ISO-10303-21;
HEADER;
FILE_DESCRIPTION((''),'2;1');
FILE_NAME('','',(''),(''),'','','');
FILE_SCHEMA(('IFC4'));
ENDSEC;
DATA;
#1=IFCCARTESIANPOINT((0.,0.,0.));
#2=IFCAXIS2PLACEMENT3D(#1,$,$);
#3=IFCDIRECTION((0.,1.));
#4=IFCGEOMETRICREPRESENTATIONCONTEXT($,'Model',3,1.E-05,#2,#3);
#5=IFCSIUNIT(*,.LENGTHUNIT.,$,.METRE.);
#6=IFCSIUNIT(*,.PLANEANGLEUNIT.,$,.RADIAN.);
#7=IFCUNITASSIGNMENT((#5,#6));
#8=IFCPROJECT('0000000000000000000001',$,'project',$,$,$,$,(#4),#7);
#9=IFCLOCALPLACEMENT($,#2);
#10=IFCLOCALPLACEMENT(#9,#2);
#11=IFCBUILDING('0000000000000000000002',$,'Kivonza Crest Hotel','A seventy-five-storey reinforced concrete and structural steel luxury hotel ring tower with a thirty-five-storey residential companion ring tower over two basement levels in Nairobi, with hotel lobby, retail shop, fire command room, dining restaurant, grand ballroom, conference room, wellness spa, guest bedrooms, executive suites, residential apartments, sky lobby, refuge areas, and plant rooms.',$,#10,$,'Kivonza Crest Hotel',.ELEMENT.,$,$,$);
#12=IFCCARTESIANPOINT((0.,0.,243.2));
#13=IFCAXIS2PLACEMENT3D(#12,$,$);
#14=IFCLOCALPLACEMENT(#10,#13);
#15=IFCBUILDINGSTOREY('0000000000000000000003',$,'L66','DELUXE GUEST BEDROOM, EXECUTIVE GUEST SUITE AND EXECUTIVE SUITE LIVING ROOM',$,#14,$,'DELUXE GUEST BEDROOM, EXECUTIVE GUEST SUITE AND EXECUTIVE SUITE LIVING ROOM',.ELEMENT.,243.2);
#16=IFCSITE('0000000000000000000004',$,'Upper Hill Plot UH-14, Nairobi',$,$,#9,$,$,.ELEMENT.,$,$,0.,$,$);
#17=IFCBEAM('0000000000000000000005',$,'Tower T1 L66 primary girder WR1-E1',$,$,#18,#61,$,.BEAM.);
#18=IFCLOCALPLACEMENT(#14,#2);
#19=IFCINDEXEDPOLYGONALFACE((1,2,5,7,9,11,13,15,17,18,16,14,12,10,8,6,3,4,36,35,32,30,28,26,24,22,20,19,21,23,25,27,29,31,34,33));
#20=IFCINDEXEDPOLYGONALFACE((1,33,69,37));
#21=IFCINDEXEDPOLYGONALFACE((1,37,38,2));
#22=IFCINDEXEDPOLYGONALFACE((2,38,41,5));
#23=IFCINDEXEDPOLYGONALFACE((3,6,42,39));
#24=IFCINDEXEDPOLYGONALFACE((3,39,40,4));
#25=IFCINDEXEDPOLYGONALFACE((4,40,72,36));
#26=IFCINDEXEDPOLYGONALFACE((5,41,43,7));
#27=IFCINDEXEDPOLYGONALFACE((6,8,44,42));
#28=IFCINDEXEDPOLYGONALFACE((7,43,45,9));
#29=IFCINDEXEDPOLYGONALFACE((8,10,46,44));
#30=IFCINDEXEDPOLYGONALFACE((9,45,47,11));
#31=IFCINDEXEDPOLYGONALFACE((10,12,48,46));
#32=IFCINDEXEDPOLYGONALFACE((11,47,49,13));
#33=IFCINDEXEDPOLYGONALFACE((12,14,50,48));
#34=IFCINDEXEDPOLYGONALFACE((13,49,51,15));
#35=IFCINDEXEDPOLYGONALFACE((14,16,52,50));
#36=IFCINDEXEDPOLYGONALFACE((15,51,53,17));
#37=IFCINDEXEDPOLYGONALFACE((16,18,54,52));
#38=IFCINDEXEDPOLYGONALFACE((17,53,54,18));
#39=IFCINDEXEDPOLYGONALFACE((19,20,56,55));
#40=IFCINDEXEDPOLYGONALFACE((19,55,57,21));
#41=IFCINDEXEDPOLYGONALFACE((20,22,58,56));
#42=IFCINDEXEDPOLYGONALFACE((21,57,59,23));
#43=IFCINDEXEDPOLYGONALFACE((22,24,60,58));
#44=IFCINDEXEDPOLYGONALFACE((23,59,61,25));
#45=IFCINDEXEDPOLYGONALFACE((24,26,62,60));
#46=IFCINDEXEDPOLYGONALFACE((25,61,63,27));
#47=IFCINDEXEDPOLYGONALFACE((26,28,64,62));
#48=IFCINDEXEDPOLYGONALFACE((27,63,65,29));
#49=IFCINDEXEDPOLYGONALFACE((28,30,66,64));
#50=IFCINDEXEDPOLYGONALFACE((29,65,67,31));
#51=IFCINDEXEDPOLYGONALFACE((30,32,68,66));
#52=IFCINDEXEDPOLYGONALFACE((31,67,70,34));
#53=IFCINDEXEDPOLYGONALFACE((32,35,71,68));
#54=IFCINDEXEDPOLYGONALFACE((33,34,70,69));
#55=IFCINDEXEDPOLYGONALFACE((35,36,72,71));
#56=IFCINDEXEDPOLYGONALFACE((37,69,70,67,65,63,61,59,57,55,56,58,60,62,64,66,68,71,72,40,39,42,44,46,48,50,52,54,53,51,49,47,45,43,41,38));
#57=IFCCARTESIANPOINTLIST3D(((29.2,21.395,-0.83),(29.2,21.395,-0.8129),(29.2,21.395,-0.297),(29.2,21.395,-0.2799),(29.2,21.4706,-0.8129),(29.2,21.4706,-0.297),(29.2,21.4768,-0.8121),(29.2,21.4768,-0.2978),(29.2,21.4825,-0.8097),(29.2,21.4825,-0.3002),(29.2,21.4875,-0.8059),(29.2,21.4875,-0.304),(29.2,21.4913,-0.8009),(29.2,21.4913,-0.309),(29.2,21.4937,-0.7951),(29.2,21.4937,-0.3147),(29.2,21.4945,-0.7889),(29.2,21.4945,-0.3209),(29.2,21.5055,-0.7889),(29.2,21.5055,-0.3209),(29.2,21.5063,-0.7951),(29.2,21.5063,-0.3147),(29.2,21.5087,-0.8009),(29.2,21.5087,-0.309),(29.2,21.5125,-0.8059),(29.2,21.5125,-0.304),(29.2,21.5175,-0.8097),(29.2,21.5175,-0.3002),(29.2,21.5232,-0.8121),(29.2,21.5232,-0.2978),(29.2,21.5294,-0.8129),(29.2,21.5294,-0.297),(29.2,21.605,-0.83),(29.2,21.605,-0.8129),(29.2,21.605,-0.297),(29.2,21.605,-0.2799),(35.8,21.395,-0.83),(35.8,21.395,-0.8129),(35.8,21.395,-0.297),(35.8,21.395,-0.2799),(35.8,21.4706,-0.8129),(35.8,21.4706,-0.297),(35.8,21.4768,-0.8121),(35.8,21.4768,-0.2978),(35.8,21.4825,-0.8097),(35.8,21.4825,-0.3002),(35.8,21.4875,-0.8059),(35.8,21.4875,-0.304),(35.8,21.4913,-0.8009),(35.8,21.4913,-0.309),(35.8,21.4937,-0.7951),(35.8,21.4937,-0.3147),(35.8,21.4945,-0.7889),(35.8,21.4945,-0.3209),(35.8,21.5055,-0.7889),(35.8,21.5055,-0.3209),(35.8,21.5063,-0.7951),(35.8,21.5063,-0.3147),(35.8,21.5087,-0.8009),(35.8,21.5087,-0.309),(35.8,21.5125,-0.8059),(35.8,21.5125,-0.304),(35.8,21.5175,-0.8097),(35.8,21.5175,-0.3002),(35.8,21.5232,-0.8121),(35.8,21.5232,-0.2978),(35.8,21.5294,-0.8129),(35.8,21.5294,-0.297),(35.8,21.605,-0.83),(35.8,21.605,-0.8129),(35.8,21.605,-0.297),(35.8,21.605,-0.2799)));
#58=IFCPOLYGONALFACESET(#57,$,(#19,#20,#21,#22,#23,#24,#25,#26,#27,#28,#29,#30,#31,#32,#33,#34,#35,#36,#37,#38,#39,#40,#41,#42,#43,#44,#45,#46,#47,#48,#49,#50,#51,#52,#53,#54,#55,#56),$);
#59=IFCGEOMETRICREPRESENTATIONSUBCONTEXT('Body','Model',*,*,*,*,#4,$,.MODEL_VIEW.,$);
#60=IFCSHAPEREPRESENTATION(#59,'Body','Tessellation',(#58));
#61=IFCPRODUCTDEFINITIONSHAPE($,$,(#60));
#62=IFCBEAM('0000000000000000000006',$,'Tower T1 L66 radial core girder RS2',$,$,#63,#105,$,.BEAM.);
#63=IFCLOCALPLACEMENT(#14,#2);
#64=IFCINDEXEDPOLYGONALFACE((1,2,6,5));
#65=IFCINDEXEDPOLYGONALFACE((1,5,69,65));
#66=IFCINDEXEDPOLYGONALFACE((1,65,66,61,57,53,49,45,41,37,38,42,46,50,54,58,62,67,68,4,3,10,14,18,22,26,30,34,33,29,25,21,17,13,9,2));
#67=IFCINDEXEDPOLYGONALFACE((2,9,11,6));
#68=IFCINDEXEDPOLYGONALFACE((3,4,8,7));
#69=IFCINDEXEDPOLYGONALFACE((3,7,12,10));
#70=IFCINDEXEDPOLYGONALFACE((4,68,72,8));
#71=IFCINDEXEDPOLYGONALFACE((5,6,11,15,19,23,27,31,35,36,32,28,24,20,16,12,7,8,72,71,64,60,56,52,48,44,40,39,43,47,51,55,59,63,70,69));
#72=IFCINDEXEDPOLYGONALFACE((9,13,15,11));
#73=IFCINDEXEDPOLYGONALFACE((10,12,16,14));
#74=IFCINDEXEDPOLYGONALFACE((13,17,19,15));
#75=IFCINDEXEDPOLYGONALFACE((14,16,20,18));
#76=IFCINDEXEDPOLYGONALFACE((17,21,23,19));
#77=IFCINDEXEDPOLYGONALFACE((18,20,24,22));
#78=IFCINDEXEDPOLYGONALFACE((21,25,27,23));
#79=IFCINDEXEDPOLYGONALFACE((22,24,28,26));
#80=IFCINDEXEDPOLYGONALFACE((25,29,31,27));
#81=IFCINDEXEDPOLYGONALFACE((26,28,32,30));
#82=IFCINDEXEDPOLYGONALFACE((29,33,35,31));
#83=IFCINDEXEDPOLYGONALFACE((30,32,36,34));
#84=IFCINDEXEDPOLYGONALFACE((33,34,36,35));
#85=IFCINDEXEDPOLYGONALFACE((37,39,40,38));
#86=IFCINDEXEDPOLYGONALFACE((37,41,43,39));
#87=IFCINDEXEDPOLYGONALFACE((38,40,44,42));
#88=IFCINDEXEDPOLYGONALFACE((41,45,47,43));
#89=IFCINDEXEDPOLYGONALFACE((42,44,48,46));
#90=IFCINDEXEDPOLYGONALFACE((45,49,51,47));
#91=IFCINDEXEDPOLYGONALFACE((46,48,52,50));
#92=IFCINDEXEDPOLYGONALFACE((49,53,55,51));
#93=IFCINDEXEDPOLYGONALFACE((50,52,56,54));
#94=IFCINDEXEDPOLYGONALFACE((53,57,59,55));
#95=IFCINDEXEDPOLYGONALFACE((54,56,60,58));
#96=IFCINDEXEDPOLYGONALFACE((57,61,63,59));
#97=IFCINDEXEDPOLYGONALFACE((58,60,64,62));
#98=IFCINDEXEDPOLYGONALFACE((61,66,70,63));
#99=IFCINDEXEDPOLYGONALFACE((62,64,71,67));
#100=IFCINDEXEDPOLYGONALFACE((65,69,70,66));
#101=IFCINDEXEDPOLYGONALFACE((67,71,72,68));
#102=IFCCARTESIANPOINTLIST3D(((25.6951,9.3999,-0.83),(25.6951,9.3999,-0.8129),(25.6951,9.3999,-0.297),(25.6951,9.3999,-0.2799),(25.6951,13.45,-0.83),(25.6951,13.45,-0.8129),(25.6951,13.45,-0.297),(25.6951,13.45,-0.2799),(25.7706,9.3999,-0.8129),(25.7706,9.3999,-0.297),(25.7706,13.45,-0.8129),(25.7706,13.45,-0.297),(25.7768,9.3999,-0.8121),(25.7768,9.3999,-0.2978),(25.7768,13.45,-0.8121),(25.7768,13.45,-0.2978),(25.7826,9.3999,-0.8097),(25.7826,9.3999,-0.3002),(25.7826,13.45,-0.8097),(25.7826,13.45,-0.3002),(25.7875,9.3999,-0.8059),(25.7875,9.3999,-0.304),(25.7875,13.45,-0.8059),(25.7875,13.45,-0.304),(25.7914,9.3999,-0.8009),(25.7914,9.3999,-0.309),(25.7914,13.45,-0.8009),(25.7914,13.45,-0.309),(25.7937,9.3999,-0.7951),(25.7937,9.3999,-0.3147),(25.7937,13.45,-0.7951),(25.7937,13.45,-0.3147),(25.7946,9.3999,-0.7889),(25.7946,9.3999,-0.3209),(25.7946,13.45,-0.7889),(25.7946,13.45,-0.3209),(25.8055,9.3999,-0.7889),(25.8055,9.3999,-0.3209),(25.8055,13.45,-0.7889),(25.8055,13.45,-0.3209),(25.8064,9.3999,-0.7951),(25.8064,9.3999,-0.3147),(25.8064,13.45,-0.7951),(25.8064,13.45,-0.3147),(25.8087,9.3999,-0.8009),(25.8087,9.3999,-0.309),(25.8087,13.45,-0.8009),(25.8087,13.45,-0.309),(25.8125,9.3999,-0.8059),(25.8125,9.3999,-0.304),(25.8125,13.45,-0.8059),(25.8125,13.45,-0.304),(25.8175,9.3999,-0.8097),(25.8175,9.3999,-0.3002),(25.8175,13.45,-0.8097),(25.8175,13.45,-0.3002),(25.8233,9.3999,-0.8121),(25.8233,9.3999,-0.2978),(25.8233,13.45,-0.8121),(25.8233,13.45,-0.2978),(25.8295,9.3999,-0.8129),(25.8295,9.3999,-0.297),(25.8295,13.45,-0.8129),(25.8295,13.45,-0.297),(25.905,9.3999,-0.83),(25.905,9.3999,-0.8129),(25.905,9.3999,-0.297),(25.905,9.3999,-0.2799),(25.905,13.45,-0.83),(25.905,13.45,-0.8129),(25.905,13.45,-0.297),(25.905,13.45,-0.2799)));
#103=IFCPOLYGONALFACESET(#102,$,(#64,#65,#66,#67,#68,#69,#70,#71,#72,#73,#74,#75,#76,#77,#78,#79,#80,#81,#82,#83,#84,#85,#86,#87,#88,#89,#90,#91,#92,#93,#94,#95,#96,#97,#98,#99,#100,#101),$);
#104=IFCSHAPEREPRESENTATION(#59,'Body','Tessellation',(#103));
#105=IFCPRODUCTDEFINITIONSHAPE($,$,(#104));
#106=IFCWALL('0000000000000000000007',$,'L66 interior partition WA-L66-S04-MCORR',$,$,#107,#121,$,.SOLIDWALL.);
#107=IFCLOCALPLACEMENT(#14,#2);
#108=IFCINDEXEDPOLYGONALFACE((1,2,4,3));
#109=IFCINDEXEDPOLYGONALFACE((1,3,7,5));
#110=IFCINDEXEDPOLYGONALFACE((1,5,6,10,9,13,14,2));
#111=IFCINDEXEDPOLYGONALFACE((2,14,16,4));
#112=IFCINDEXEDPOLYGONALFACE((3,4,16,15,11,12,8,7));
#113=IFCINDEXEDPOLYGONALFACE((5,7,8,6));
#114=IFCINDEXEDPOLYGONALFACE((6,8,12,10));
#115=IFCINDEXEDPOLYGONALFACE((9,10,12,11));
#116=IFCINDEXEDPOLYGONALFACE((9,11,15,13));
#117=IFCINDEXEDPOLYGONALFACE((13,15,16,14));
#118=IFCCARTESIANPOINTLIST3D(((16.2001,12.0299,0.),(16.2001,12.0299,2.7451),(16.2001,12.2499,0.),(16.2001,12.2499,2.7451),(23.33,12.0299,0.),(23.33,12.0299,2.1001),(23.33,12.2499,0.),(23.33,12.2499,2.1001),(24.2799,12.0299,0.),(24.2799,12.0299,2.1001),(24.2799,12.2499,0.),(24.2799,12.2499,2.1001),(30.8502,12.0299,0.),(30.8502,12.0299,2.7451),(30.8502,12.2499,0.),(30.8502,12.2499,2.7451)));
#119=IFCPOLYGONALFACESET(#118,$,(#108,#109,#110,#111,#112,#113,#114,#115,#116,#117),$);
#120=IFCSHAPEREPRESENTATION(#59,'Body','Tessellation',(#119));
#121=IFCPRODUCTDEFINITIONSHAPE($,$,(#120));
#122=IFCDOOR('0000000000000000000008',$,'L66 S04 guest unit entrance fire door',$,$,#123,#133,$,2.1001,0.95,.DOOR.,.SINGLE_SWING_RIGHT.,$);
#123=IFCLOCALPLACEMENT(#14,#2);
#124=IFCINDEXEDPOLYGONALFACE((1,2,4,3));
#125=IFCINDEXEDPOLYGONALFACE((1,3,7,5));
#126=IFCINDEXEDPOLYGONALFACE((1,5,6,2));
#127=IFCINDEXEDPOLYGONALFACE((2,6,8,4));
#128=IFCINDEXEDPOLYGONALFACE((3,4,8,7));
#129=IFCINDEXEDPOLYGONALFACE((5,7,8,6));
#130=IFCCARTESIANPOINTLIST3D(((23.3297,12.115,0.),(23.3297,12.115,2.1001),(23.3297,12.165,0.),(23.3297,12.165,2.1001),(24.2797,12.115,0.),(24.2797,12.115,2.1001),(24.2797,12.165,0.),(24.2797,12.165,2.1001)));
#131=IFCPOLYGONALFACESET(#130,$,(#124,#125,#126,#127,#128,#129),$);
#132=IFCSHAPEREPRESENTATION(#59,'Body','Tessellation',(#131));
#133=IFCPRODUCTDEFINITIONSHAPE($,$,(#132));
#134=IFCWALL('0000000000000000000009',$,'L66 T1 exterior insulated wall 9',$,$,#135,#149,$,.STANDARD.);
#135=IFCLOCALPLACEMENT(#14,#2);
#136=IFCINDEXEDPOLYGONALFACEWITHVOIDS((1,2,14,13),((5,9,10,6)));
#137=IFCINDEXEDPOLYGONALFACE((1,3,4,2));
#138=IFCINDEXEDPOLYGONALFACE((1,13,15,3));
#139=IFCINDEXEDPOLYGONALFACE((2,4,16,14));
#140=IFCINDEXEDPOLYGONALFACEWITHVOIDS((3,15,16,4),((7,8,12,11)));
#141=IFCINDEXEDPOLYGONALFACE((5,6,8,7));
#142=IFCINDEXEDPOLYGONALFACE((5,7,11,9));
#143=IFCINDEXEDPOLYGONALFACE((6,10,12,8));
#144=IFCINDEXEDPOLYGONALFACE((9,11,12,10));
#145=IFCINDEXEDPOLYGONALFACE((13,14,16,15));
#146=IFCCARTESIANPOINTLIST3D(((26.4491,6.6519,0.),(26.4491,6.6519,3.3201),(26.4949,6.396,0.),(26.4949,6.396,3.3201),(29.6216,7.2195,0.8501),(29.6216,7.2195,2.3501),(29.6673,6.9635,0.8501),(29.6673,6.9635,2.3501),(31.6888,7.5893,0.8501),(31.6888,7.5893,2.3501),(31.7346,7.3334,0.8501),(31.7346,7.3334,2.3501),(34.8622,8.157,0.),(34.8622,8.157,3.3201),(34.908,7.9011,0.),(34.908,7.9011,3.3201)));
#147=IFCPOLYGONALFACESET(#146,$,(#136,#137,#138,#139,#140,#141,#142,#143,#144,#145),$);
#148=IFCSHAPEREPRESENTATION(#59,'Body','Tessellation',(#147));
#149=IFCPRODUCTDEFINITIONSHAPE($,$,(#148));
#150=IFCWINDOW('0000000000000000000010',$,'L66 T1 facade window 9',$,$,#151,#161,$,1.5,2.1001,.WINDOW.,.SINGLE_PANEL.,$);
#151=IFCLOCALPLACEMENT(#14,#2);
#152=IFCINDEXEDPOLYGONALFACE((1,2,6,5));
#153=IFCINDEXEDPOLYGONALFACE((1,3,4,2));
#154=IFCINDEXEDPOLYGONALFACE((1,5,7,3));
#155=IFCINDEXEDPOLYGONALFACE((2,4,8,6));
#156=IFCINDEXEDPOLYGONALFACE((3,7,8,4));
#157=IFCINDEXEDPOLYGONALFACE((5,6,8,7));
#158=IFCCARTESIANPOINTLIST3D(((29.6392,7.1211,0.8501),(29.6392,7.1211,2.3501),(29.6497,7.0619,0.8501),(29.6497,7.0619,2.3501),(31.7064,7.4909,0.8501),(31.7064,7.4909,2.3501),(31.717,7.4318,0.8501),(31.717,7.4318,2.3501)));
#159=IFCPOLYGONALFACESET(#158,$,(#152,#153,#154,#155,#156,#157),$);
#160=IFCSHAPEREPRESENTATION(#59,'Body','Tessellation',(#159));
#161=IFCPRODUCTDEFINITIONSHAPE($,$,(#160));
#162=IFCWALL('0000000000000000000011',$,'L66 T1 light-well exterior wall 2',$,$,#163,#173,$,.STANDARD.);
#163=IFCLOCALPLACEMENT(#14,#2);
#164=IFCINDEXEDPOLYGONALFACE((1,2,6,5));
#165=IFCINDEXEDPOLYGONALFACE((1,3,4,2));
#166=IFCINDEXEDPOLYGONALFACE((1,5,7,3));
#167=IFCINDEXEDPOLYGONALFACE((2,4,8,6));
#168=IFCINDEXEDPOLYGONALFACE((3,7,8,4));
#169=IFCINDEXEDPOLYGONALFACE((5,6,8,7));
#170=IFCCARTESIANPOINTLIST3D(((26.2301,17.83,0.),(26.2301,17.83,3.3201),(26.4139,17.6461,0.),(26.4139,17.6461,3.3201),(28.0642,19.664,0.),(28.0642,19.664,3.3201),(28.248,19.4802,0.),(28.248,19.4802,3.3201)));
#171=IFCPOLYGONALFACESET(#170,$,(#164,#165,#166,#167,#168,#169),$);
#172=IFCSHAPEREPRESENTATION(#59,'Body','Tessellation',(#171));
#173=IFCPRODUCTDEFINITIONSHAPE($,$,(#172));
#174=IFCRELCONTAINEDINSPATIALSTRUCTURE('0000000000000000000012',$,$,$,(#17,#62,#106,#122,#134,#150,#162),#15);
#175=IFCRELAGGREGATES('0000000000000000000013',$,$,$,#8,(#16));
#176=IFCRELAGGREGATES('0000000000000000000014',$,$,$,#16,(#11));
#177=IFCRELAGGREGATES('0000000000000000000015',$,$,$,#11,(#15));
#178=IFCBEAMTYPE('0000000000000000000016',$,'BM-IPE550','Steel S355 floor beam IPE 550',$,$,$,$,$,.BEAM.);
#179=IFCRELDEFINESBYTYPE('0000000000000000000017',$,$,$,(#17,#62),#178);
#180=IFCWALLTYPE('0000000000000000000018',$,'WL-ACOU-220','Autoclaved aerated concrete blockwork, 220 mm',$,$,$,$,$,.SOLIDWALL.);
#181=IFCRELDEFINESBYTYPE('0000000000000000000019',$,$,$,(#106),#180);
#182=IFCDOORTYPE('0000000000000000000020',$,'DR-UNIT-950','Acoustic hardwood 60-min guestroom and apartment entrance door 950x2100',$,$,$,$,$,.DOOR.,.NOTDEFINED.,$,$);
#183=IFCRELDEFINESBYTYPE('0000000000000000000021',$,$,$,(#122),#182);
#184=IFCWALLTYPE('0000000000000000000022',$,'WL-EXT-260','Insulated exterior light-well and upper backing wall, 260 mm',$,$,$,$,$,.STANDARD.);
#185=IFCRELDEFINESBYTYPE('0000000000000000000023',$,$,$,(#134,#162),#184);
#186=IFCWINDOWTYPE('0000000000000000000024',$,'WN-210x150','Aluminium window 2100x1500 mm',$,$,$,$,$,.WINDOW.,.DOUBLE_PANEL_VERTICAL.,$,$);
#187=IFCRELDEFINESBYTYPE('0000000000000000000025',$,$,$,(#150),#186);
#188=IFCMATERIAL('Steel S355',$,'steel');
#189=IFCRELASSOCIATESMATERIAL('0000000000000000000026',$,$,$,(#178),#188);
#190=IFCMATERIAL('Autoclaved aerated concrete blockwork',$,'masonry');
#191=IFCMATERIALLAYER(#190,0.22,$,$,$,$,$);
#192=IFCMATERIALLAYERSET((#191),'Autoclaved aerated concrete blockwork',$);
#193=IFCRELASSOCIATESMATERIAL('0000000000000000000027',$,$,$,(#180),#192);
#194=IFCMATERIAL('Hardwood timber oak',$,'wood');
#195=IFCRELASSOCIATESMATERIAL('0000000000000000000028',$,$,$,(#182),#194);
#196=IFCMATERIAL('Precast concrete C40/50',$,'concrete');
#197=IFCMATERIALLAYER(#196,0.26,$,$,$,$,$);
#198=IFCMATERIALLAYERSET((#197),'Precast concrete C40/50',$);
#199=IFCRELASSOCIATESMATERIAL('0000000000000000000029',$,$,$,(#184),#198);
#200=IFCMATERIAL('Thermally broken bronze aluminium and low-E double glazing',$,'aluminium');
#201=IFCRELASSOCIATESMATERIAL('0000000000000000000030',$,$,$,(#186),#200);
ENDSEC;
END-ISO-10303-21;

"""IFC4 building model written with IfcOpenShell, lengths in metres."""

from ifc_helpers import new_model, si_unit, direction, frame, frame_2d, origin, origin_2d, place, context, subcontext, project, spatial, rectangle, i_section, extrude, material, layer, layer_set, material_profile, profile_set, type_object, element, fill, save


model = new_model("IFC4")

# Units and contexts
model_context = context("Model", 3, precision=1e-05, world=origin(), true_north=direction((0.0, 1.0)))
body_context = subcontext(model_context, "Body", "Model", "MODEL_VIEW")
ifc_project = project(units=[si_unit("LENGTHUNIT", "METRE"), si_unit("PLANEANGLEUNIT", "RADIAN")], contexts=[model_context])

# Site, building, storey
site_placement = place(None, origin())
site = spatial("IfcSite", under=ifc_project, at=site_placement, Name="Upper Hill Plot UH-14, Nairobi", CompositionType="ELEMENT", RefElevation=0.0)
building_placement = place(site_placement, origin())
building = spatial("IfcBuilding", under=site, at=building_placement, Name="Kivonza Crest Hotel", Description="A seventy-five-storey reinforced concrete and structural steel luxury hotel ring tower with a thirty-five-storey residential companion ring tower over two basement levels in Nairobi, with hotel lobby, retail shop, fire command room, dining restaurant, grand ballroom, conference room, wellness spa, guest bedrooms, executive suites, residential apartments, sky lobby, refuge areas, and plant rooms.", LongName="Kivonza Crest Hotel", CompositionType="ELEMENT")
storey_placement = place(building_placement, frame((0.0, 0.0, 243.2)))
storey = spatial("IfcBuildingStorey", under=building, at=storey_placement, Name="L66", Description="DELUXE GUEST BEDROOM, EXECUTIVE GUEST SUITE AND EXECUTIVE SUITE LIVING ROOM", LongName="DELUXE GUEST BEDROOM, EXECUTIVE GUEST SUITE AND EXECUTIVE SUITE LIVING ROOM", CompositionType="ELEMENT", Elevation=243.2)

# Beams
ifc_material_1 = material(Name="Steel S355", Category="steel")
ifc_material_profile_1 = material_profile(ifc_material_1, i_section(OverallWidth=0.21, OverallDepth=0.55, WebThickness=0.011, FlangeThickness=0.0171, FilletRadius=0.0239, at=origin_2d()), Name="IPE 550")
ifc_profile_set_1 = profile_set([ifc_material_profile_1], Name="Steel S355")
beam_type_1 = type_object("IfcBeamType", Name="BM-IPE550", Description="Steel S355 floor beam IPE 550", PredefinedType="BEAM", material=ifc_profile_set_1)
beam_1_placement = place(storey_placement, frame((29.2, 21.5, -0.5549), z_axis=(1.0, 0.0, 0.0), x_axis=(0.0, 1.0, 0.0)))
element("IfcBeam", 1, at=beam_1_placement, inside=storey, type_object=beam_type_1, Name="Tower T1 L66 primary girder WR1-E1", PredefinedType="BEAM", context=body_context, shape_type="SweptSolid", body=[
    extrude(i_section(OverallWidth=0.21, OverallDepth=0.55, WebThickness=0.011, FlangeThickness=0.0171, FilletRadius=0.0239, at=origin_2d()), origin(), (0.0, 0.0, 1.0), 6.6001),
])
beam_2_placement = place(storey_placement, frame((25.8, 9.3999, -0.5549), z_axis=(0.0, 1.0, 0.0), x_axis=(-1.0, 0.0, 0.0)))
element("IfcBeam", 2, at=beam_2_placement, inside=storey, type_object=beam_type_1, Name="Tower T1 L66 radial core girder RS2", PredefinedType="BEAM", context=body_context, shape_type="SweptSolid", body=[
    extrude(i_section(OverallWidth=0.21, OverallDepth=0.55, WebThickness=0.011, FlangeThickness=0.0171, FilletRadius=0.0239, at=origin_2d()), origin(), (0.0, 0.0, 1.0), 4.05),
])

# Wall, opening, door
ifc_material_2 = material(Name="Autoclaved aerated concrete blockwork", Category="masonry")
ifc_layer_1 = layer(ifc_material_2, 0.22)
ifc_layer_set_1 = layer_set([ifc_layer_1], Name="Autoclaved aerated concrete blockwork")
wall_type_1 = type_object("IfcWallType", Name="WL-ACOU-220", Description="Autoclaved aerated concrete blockwork, 220 mm", PredefinedType="SOLIDWALL", material=ifc_layer_set_1)
wall_1_placement = place(storey_placement, frame((16.2, 12.1399, 0.0), z_axis=(0.0, 0.0, 1.0), x_axis=(1.0, 0.0, 0.0)))
wall_1 = element("IfcWall", 3, at=wall_1_placement, inside=storey, type_object=wall_type_1, Name="L66 interior partition WA-L66-S04-MCORR", PredefinedType="SOLIDWALL", context=body_context, shape_type="SweptSolid", body=[
    extrude(rectangle(XDim=14.6501, YDim=0.22, at=frame_2d((7.3252, 0.0))), origin(), (0.0, 0.0, 1.0), 2.7451),
])
opening_1_placement = place(wall_1_placement, frame((7.1299, 0.0, 0.0)))
opening_1 = element("IfcOpeningElement", 4, at=opening_1_placement, cuts=wall_1, PredefinedType="OPENING", context=body_context, shape_type="SweptSolid", body=[
    extrude(rectangle(XDim=0.95, YDim=2.1001, at=frame_2d((0.4751, 1.05))), frame((0.0, 0.1201, 0.0), z_axis=(0.0, -1.0, 0.0), x_axis=(1.0, 0.0, 0.0)), (0.0, 0.0, 1.0), 0.24),
])
ifc_material_3 = material(Name="Hardwood timber oak", Category="wood")
door_type_1 = type_object("IfcDoorType", Name="DR-UNIT-950", Description="Acoustic hardwood 60-min guestroom and apartment entrance door 950x2100", OperationType="NOTDEFINED", PredefinedType="DOOR", material=ifc_material_3)
door_1_placement = place(opening_1_placement, frame((0.95, 0.0, 0.0), z_axis=(0.0, 0.0, 1.0), x_axis=(-1.0, 0.0, 0.0)))
door_1 = element("IfcDoor", 5, at=door_1_placement, inside=storey, type_object=door_type_1, Name="L66 S04 guest unit entrance fire door", OperationType="SINGLE_SWING_RIGHT", OverallHeight=2.1001, OverallWidth=0.95, PredefinedType="DOOR", context=body_context, shape_type="SweptSolid", body=[
    extrude(rectangle(XDim=0.95, YDim=2.1001, at=frame_2d((0.4751, 1.05))), frame((0.0, 0.0249, 0.0), z_axis=(0.0, -1.0, 0.0), x_axis=(1.0, 0.0, 0.0)), (0.0, 0.0, 1.0), 0.05),
])
fill(opening_1, door_1)

# Wall, opening, window
ifc_material_4 = material(Name="Precast concrete C40/50", Category="concrete")
ifc_layer_2 = layer(ifc_material_4, 0.26)
ifc_layer_set_2 = layer_set([ifc_layer_2], Name="Precast concrete C40/50")
wall_type_2 = type_object("IfcWallType", Name="WL-EXT-260", Description="Insulated exterior light-well and upper backing wall, 260 mm", PredefinedType="STANDARD", material=ifc_layer_set_2)
wall_2_placement = place(storey_placement, frame((26.4719, 6.5239, 0.0), z_axis=(0.0, 0.0, 1.0), x_axis=(0.984371, 0.176107, 0.0)))
wall_2 = element("IfcWall", 6, at=wall_2_placement, inside=storey, type_object=wall_type_2, Name="L66 T1 exterior insulated wall 9", PredefinedType="STANDARD", context=body_context, shape_type="SweptSolid", body=[
    extrude(rectangle(XDim=8.5466, YDim=0.26, at=frame_2d((4.2734, 0.0))), origin(), (0.0, 0.0, 1.0), 3.3201),
])
opening_2_placement = place(wall_2_placement, frame((3.2229, 0.0, 0.8501)))
opening_2 = element("IfcOpeningElement", 7, at=opening_2_placement, cuts=wall_2, PredefinedType="OPENING", context=body_context, shape_type="SweptSolid", body=[
    extrude(rectangle(XDim=2.1001, YDim=1.5, at=frame_2d((1.05, 0.75))), frame((0.0, 0.1401, 0.0), z_axis=(0.0, -1.0, 0.0), x_axis=(1.0, 0.0, 0.0)), (0.0, 0.0, 1.0), 0.28),
])
ifc_material_5 = material(Name="Thermally broken bronze aluminium and low-E double glazing", Category="aluminium")
window_type_1 = type_object("IfcWindowType", Name="WN-210x150", Description="Aluminium window 2100x1500 mm", PartitioningType="DOUBLE_PANEL_VERTICAL", PredefinedType="WINDOW", material=ifc_material_5)
window_1_placement = place(opening_2_placement, origin())
window_1 = element("IfcWindow", 8, at=window_1_placement, inside=storey, type_object=window_type_1, Name="L66 T1 facade window 9", OverallHeight=1.5, OverallWidth=2.1001, PartitioningType="SINGLE_PANEL", PredefinedType="WINDOW", context=body_context, shape_type="SweptSolid", body=[
    extrude(rectangle(XDim=2.1001, YDim=1.5, at=frame_2d((1.05, 0.75))), frame((0.0, 0.03, 0.0), z_axis=(0.0, -1.0, 0.0), x_axis=(1.0, 0.0, 0.0)), (0.0, 0.0, 1.0), 0.0601),
])
fill(opening_2, window_1)

# Wall
wall_3_placement = place(storey_placement, frame((26.322, 17.738, 0.0), z_axis=(0.0, 0.0, 1.0), x_axis=(0.707107, 0.707107, 0.0)))
element("IfcWall", 9, at=wall_3_placement, inside=storey, type_object=wall_type_2, Name="L66 T1 light-well exterior wall 2", PredefinedType="STANDARD", context=body_context, shape_type="SweptSolid", body=[
    extrude(rectangle(XDim=2.5938, YDim=0.26, at=frame_2d((1.2969, 0.0))), origin(), (0.0, 0.0, 1.0), 3.3201),
])

save(model, "model.ifc")
